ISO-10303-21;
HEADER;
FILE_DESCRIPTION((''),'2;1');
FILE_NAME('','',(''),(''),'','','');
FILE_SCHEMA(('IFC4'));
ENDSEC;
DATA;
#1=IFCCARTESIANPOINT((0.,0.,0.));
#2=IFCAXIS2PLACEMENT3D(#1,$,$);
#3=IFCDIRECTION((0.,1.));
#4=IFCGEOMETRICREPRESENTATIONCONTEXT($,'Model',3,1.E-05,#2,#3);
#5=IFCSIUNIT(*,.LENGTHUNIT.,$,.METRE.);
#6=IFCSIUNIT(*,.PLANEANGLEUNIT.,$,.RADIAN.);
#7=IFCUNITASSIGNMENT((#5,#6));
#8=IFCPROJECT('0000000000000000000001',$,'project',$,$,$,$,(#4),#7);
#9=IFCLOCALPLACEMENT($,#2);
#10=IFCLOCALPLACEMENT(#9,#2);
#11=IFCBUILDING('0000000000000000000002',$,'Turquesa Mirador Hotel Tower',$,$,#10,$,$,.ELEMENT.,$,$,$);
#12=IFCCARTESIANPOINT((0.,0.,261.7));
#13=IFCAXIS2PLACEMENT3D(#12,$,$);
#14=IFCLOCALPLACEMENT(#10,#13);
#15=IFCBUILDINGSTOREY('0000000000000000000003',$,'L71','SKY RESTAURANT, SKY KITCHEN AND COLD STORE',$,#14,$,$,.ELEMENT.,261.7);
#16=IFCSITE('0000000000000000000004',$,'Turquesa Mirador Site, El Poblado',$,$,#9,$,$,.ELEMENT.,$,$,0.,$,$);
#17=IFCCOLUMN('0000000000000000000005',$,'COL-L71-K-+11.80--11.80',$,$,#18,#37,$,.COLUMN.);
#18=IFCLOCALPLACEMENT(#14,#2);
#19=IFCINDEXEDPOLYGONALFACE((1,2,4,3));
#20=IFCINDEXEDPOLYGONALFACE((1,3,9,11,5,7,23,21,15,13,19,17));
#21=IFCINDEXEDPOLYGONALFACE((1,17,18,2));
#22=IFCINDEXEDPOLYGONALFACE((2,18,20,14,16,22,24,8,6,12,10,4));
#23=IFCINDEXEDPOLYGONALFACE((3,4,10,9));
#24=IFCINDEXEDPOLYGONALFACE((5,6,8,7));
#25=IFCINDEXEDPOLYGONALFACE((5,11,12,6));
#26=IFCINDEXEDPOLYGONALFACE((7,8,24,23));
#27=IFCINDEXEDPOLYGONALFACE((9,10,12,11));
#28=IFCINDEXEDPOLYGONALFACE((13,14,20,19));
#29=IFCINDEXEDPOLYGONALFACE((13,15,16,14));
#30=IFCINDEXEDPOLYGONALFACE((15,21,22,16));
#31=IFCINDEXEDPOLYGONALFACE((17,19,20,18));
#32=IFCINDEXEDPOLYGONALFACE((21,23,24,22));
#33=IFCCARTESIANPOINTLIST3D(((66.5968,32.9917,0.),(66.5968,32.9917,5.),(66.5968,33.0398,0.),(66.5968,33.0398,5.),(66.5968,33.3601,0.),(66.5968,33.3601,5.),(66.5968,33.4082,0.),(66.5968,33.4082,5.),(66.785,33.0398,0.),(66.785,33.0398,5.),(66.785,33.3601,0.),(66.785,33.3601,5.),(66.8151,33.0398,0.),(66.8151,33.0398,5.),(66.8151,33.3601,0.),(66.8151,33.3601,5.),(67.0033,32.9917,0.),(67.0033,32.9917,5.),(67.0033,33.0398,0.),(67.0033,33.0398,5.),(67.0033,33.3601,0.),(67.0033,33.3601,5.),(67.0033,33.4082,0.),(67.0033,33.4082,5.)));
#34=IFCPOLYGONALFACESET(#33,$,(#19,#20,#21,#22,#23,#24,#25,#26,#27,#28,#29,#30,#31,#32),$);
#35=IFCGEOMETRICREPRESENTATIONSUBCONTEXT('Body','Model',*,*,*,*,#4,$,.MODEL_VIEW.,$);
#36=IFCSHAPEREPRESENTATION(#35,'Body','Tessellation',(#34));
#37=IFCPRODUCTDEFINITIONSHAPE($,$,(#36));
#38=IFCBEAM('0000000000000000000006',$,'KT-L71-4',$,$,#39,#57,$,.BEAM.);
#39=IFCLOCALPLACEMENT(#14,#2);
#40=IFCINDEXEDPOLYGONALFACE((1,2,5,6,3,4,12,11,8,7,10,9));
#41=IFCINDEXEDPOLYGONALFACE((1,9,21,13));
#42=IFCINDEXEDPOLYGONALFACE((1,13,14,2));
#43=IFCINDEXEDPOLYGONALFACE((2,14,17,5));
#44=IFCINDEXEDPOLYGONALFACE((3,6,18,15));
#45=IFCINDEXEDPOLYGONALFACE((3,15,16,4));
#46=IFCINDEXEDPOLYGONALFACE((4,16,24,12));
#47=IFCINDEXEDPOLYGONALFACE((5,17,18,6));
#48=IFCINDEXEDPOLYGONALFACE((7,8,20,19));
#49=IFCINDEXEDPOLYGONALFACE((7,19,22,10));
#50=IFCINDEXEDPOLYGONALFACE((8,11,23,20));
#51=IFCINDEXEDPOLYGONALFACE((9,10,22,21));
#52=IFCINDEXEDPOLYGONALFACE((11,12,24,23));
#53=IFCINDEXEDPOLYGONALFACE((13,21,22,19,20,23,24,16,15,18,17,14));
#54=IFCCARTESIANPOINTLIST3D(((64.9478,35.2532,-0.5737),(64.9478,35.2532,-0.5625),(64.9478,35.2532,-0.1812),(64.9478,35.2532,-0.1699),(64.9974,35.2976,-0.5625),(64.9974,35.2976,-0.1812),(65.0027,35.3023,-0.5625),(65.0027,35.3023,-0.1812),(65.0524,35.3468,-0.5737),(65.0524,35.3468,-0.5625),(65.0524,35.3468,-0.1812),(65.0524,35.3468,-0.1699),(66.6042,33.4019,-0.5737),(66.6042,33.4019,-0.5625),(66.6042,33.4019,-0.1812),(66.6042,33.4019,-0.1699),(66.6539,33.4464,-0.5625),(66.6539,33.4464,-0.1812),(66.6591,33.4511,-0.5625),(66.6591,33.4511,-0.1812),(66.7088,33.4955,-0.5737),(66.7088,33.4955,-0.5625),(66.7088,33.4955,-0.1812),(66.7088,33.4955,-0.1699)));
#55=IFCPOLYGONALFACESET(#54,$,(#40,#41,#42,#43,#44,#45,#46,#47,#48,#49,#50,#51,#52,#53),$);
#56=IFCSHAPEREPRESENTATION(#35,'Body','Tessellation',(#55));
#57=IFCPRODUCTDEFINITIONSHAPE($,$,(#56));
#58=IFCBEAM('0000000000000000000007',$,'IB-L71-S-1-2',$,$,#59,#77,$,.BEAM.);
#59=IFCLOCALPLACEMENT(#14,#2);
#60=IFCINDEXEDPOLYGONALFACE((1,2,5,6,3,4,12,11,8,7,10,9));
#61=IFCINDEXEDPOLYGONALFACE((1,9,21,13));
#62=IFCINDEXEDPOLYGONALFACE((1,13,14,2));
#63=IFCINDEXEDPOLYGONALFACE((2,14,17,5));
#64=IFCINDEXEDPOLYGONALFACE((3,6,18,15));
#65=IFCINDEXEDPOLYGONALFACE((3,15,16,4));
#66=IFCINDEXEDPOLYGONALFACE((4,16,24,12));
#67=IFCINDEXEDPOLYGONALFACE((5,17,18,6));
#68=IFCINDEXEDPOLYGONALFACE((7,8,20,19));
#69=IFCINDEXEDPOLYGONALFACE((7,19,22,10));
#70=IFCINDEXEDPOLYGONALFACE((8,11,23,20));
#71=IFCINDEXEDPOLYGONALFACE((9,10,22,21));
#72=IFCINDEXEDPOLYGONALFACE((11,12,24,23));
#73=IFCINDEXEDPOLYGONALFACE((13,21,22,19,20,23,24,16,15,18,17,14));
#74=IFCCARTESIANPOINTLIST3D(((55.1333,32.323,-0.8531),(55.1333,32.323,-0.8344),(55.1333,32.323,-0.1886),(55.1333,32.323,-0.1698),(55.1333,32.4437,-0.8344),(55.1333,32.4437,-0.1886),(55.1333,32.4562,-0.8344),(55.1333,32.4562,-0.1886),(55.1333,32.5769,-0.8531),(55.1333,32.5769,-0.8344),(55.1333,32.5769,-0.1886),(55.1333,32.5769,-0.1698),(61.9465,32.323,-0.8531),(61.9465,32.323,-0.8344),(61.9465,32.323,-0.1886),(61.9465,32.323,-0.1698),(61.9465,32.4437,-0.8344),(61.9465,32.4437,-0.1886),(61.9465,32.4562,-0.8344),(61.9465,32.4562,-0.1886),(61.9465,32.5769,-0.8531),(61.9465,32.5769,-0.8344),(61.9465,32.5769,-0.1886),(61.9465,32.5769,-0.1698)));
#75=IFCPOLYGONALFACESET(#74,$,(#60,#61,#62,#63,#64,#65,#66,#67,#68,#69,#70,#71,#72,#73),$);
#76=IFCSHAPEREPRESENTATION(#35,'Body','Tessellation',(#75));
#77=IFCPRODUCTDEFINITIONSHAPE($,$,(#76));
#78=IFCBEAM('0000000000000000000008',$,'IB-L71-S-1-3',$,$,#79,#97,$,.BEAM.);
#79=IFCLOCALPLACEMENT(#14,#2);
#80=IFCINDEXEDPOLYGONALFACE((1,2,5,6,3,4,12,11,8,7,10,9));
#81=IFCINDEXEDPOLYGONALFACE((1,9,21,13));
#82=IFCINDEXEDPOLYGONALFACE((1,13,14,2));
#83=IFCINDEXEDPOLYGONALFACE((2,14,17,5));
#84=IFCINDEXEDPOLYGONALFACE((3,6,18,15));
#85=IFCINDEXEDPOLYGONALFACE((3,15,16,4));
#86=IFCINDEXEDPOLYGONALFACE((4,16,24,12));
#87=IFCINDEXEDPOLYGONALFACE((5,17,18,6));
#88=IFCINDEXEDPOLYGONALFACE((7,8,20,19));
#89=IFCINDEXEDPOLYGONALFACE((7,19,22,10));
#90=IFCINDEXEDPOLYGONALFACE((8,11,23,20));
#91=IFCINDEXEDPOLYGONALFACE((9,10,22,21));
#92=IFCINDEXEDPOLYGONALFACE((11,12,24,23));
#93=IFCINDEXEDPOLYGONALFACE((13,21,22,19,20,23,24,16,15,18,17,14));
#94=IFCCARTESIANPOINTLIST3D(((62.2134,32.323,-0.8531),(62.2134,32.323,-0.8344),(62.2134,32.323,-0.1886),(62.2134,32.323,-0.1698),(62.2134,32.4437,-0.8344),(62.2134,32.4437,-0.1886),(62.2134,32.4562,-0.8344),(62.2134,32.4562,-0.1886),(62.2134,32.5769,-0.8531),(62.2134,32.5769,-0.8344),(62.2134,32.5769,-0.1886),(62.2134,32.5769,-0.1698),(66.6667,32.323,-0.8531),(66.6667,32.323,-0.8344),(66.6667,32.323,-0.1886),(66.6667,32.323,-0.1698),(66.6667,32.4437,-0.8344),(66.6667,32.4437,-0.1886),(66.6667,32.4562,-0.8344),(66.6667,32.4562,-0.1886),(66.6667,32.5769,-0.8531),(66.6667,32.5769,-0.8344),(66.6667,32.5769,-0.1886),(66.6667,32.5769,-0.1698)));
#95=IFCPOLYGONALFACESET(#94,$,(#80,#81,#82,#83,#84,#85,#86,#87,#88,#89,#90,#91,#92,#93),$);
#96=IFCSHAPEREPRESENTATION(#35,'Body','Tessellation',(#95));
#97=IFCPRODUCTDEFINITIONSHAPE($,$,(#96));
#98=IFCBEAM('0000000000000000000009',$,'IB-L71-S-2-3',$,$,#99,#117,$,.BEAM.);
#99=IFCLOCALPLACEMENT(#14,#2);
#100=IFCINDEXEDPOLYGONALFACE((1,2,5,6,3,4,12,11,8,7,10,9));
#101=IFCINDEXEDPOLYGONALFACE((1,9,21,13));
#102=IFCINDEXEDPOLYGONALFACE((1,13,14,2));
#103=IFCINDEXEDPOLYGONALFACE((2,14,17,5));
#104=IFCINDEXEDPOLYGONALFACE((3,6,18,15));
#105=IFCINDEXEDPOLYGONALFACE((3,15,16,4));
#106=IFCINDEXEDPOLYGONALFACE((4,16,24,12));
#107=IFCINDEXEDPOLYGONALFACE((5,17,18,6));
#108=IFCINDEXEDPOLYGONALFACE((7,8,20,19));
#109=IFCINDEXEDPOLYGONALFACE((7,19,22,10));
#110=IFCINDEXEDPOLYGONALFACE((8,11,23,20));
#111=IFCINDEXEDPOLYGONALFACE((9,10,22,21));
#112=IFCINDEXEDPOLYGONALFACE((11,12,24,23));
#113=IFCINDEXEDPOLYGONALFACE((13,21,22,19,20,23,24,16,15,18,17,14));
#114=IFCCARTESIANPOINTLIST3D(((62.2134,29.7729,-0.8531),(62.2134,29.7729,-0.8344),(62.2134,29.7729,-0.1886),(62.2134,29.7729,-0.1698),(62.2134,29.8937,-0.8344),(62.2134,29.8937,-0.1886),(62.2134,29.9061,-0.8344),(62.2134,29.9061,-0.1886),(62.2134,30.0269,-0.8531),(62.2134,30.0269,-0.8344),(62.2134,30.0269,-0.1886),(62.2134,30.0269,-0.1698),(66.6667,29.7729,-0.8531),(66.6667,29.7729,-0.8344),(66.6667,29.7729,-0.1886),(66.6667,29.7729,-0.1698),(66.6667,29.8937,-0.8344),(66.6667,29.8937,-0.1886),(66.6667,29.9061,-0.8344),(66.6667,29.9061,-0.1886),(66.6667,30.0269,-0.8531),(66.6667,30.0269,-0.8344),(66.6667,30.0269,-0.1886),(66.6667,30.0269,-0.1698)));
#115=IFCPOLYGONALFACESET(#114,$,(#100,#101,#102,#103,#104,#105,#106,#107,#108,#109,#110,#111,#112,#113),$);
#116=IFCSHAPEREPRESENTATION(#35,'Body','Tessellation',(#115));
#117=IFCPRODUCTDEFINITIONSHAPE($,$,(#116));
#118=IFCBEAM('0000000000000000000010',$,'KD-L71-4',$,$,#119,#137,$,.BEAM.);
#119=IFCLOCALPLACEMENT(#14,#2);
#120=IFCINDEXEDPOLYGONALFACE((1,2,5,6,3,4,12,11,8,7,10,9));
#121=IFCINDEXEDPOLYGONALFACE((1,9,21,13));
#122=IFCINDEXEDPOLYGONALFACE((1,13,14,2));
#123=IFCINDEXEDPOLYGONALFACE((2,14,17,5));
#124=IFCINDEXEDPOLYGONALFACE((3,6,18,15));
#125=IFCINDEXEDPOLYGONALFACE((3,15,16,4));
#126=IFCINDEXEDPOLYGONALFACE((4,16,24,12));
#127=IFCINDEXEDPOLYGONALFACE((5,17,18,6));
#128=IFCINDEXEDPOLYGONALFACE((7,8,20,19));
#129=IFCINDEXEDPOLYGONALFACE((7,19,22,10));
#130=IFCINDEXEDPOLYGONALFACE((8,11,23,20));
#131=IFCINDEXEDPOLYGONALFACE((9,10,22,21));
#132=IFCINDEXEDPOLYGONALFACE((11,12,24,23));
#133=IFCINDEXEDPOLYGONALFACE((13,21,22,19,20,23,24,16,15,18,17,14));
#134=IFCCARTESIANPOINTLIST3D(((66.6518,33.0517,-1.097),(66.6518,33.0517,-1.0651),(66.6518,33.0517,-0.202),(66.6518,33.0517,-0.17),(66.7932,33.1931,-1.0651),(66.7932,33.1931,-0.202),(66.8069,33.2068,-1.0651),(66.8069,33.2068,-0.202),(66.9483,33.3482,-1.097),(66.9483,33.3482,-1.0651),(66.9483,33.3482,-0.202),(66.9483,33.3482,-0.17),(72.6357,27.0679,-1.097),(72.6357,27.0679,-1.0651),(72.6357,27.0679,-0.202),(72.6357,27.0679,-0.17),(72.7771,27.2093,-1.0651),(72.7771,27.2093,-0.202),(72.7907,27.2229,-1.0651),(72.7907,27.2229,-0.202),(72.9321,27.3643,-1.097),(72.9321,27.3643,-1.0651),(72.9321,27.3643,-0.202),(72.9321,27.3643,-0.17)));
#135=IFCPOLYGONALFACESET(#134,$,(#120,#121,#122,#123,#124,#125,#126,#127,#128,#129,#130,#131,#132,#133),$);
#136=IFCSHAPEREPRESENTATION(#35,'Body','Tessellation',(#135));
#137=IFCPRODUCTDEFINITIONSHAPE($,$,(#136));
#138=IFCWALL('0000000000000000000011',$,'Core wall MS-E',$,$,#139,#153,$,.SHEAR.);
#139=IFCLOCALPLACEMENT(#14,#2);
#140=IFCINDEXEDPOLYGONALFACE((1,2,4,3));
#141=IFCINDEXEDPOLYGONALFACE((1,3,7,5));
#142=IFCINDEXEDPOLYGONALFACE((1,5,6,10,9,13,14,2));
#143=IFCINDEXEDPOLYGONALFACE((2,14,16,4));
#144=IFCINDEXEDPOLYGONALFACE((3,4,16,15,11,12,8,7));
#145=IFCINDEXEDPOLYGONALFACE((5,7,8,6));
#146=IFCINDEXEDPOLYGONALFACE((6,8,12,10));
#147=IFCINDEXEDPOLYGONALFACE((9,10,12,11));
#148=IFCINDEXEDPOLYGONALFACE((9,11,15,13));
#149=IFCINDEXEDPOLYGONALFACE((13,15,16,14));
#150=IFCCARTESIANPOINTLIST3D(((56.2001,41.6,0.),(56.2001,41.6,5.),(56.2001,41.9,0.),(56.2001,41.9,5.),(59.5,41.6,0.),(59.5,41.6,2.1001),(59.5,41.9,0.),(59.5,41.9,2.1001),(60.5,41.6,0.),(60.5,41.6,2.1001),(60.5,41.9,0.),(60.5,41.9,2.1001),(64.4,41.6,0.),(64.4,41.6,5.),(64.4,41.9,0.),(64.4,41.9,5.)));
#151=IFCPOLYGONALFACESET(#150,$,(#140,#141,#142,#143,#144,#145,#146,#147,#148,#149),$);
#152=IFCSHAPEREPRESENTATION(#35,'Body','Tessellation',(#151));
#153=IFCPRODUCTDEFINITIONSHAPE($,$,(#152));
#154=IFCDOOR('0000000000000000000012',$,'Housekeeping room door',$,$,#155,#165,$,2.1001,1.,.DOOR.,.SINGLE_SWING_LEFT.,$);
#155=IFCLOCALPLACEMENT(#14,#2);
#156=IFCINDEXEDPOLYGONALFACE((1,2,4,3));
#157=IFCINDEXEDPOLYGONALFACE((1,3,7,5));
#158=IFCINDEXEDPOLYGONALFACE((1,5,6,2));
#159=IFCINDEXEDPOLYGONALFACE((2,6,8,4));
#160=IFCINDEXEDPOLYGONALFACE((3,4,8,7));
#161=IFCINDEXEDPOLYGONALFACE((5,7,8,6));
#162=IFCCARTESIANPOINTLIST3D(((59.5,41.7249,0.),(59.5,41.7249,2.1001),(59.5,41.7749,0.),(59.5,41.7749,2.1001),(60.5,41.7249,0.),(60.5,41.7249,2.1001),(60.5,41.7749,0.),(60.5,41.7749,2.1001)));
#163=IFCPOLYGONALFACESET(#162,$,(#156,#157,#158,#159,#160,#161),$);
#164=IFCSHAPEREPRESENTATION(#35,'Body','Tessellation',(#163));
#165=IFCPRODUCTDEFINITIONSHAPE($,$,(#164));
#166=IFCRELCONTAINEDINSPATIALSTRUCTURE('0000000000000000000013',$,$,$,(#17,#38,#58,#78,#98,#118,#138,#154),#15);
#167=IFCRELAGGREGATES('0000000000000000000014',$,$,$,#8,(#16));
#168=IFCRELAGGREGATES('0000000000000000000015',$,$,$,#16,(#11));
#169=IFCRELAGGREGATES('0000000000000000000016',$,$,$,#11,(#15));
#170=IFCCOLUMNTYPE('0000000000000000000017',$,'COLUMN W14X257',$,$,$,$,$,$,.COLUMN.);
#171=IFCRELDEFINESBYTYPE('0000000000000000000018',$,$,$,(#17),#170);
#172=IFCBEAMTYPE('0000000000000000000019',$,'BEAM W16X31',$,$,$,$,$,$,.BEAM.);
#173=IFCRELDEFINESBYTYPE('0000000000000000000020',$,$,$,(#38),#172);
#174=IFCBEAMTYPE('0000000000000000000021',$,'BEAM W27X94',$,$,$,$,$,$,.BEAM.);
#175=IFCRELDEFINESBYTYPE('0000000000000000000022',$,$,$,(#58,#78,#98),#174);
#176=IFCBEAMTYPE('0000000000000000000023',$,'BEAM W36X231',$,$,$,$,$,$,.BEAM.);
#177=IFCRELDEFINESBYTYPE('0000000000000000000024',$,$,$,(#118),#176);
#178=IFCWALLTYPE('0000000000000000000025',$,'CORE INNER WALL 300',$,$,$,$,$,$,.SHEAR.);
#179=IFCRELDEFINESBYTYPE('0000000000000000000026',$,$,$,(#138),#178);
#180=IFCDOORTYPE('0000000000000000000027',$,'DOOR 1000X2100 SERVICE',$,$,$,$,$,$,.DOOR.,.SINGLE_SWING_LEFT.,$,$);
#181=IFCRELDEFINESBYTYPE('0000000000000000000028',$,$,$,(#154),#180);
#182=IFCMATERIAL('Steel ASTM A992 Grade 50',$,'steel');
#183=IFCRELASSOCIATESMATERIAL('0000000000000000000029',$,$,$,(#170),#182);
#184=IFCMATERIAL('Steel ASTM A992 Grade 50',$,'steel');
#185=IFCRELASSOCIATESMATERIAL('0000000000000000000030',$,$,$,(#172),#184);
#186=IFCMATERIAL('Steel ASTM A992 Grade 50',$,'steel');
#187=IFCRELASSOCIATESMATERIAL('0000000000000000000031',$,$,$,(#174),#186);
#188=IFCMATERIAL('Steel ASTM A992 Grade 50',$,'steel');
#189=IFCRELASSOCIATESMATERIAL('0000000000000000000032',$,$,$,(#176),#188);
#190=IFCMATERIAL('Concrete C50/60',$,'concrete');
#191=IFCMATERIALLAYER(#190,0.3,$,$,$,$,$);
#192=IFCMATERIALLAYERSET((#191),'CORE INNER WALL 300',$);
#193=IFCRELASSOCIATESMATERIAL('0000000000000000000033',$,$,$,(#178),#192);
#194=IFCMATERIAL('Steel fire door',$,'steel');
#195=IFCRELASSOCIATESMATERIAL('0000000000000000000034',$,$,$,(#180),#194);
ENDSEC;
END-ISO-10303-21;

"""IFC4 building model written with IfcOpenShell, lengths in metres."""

from ifc_helpers import new_model, si_unit, direction, frame, frame_2d, origin, origin_2d, place, context, subcontext, project, spatial, rectangle, i_section, extrude, material, layer, layer_set, material_profile, profile_set, type_object, element, fill, save


model = new_model("IFC4")

# Units and contexts
model_context = context("Model", 3, precision=1e-05, world=origin(), true_north=direction((0.0, 1.0)))
body_context = subcontext(model_context, "Body", "Model", "MODEL_VIEW")
ifc_project = project(units=[si_unit("LENGTHUNIT", "METRE"), si_unit("PLANEANGLEUNIT", "RADIAN")], contexts=[model_context])

# Site, building, storey
site_placement = place(None, origin())
site = spatial("IfcSite", under=ifc_project, at=site_placement, Name="Turquesa Mirador Site, El Poblado", CompositionType="ELEMENT", RefElevation=0.0)
building_placement = place(site_placement, origin())
building = spatial("IfcBuilding", under=site, at=building_placement, Name="Turquesa Mirador Hotel Tower", CompositionType="ELEMENT")
storey_placement = place(building_placement, frame((0.0, 0.0, 261.7)))
storey = spatial("IfcBuildingStorey", under=building, at=storey_placement, Name="L71", Description="SKY RESTAURANT, SKY KITCHEN AND COLD STORE", CompositionType="ELEMENT", Elevation=261.7)

# Column
ifc_material_1 = material(Name="Steel ASTM A992 Grade 50", Category="steel")
ifc_material_profile_1 = material_profile(ifc_material_1, i_section(OverallWidth=0.4065, OverallDepth=0.4165, WebThickness=0.03, FlangeThickness=0.0481, at=origin_2d()), Name="W14X257")
ifc_profile_set_1 = profile_set([ifc_material_profile_1], Name="Steel ASTM A992 Grade 50")
column_type = type_object("IfcColumnType", Name="COLUMN W14X257", PredefinedType="COLUMN", material=ifc_profile_set_1)
column_placement = place(storey_placement, frame((66.8, 33.2, 0.0), z_axis=(0.0, 0.0, 1.0), x_axis=(1.0, 0.0, 0.0)))
element("IfcColumn", 1, at=column_placement, inside=storey, type_object=column_type, Name="COL-L71-K-+11.80--11.80", PredefinedType="COLUMN", context=body_context, shape_type="SweptSolid", body=[
    extrude(i_section(OverallWidth=0.4065, OverallDepth=0.4165, WebThickness=0.03, FlangeThickness=0.0481, at=origin_2d()), origin(), (0.0, 0.0, 1.0), 5.0),
])

# Beams
ifc_material_2 = material(Name="Steel ASTM A992 Grade 50", Category="steel")
ifc_material_profile_2 = material_profile(ifc_material_2, i_section(OverallWidth=0.1404, OverallDepth=0.4038, WebThickness=0.0071, FlangeThickness=0.0112, at=origin_2d()), Name="W16X31")
ifc_profile_set_2 = profile_set([ifc_material_profile_2], Name="Steel ASTM A992 Grade 50")
beam_type_1 = type_object("IfcBeamType", Name="BEAM W16X31", PredefinedType="BEAM", material=ifc_profile_set_2)
beam_1_placement = place(storey_placement, frame((66.6565, 33.4487, -0.3718), z_axis=(-0.666806, 0.745231, 0.0), x_axis=(-0.745231, -0.666806, 0.0)))
element("IfcBeam", 2, at=beam_1_placement, inside=storey, type_object=beam_type_1, Name="KT-L71-4", PredefinedType="BEAM", context=body_context, shape_type="SweptSolid", body=[
    extrude(i_section(OverallWidth=0.1404, OverallDepth=0.4038, WebThickness=0.0071, FlangeThickness=0.0112, at=origin_2d()), origin(), (0.0, 0.0, 1.0), 2.4841),
])
ifc_material_3 = material(Name="Steel ASTM A992 Grade 50", Category="steel")
ifc_material_profile_3 = material_profile(ifc_material_3, i_section(OverallWidth=0.2539, OverallDepth=0.6833, WebThickness=0.0125, FlangeThickness=0.0188, at=origin_2d()), Name="W27X94")
ifc_profile_set_3 = profile_set([ifc_material_profile_3], Name="Steel ASTM A992 Grade 50")
beam_type_2 = type_object("IfcBeamType", Name="BEAM W27X94", PredefinedType="BEAM", material=ifc_profile_set_3)
beam_2_placement = place(storey_placement, frame((55.1333, 32.45, -0.5115), z_axis=(1.0, 0.0, 0.0), x_axis=(0.0, 1.0, 0.0)))
element("IfcBeam", 3, at=beam_2_placement, inside=storey, type_object=beam_type_2, Name="IB-L71-S-1-2", PredefinedType="BEAM", context=body_context, shape_type="SweptSolid", body=[
    extrude(i_section(OverallWidth=0.2539, OverallDepth=0.6833, WebThickness=0.0125, FlangeThickness=0.0188, at=origin_2d()), origin(), (0.0, 0.0, 1.0), 6.8132),
])
for number, where, z_axis, x_axis, name in (
    (4, (62.2134, 32.45, -0.5115), (1.0, 0.0, 0.0), (0.0, 1.0, 0.0), "IB-L71-S-1-3"),
    (5, (62.2134, 29.8999, -0.5115), (1.0, 0.0, 0.0), (0.0, 1.0, 0.0), "IB-L71-S-2-3"),
):
    element("IfcBeam", number, at=place(storey_placement, frame(where, z_axis=z_axis, x_axis=x_axis)), inside=storey, type_object=beam_type_2, Name=name, PredefinedType="BEAM", context=body_context, shape_type="SweptSolid", body=[
        extrude(i_section(OverallWidth=0.2539, OverallDepth=0.6833, WebThickness=0.0125, FlangeThickness=0.0188, at=origin_2d()), origin(), (0.0, 0.0, 1.0), 4.4534),
    ])
ifc_material_4 = material(Name="Steel ASTM A992 Grade 50", Category="steel")
ifc_material_profile_4 = material_profile(ifc_material_4, i_section(OverallWidth=0.4192, OverallDepth=0.927, WebThickness=0.0193, FlangeThickness=0.032, at=origin_2d()), Name="W36X231")
ifc_profile_set_4 = profile_set([ifc_material_profile_4], Name="Steel ASTM A992 Grade 50")
beam_type_3 = type_object("IfcBeamType", Name="BEAM W36X231", PredefinedType="BEAM", material=ifc_profile_set_4)
beam_3_placement = place(storey_placement, frame((66.8, 33.2, -0.6335), z_axis=(0.707107, -0.707107, 0.0), x_axis=(0.707107, 0.707107, 0.0)))
element("IfcBeam", 6, at=beam_3_placement, inside=storey, type_object=beam_type_3, Name="KD-L71-4", PredefinedType="BEAM", context=body_context, shape_type="SweptSolid", body=[
    extrude(i_section(OverallWidth=0.4192, OverallDepth=0.927, WebThickness=0.0193, FlangeThickness=0.032, at=origin_2d()), origin(), (0.0, 0.0, 1.0), 8.4624),
])

# Wall, opening, door
ifc_material_5 = material(Name="Concrete C50/60", Category="concrete")
ifc_layer_1 = layer(ifc_material_5, 0.3)
ifc_layer_set_1 = layer_set([ifc_layer_1], Name="CORE INNER WALL 300")
wall_type_1 = type_object("IfcWallType", Name="CORE INNER WALL 300", PredefinedType="SHEAR", material=ifc_layer_set_1)
wall_1_placement = place(storey_placement, frame((56.2, 41.75, 0.0), z_axis=(0.0, 0.0, 1.0), x_axis=(1.0, 0.0, 0.0)))
wall_1 = element("IfcWall", 7, at=wall_1_placement, inside=storey, type_object=wall_type_1, Name="Core wall MS-E", PredefinedType="SHEAR", context=body_context, shape_type="SweptSolid", body=[
    extrude(rectangle(XDim=8.2, YDim=0.3, at=frame_2d((4.1001, 0.0))), origin(), (0.0, 0.0, 1.0), 5.0),
])
opening_1_placement = place(wall_1_placement, frame((3.3, 0.0, 0.0)))
opening_1 = element("IfcOpeningElement", 8, at=opening_1_placement, cuts=wall_1, PredefinedType="OPENING", context=body_context, shape_type="SweptSolid", body=[
    extrude(rectangle(XDim=1.0, YDim=2.1001, at=frame_2d((0.5, 1.05))), frame((0.0, 0.1599, 0.0), z_axis=(0.0, -1.0, 0.0), x_axis=(1.0, 0.0, 0.0)), (0.0, 0.0, 1.0), 0.3201),
])
ifc_material_6 = material(Name="Steel fire door", Category="steel")
door_type_1 = type_object("IfcDoorType", Name="DOOR 1000X2100 SERVICE", OperationType="SINGLE_SWING_LEFT", PredefinedType="DOOR", material=ifc_material_6)
door_1_placement = place(opening_1_placement, origin())
door_1 = element("IfcDoor", 9, at=door_1_placement, inside=storey, type_object=door_type_1, Name="Housekeeping room door", OperationType="SINGLE_SWING_LEFT", OverallHeight=2.1001, OverallWidth=1.0, PredefinedType="DOOR", context=body_context, shape_type="SweptSolid", body=[
    extrude(rectangle(XDim=1.0, YDim=2.1001, at=frame_2d((0.5, 1.05))), frame((0.0, 0.0249, 0.0), z_axis=(0.0, -1.0, 0.0), x_axis=(1.0, 0.0, 0.0)), (0.0, 0.0, 1.0), 0.05),
])
fill(opening_1, door_1)

save(model, "model.ifc")
